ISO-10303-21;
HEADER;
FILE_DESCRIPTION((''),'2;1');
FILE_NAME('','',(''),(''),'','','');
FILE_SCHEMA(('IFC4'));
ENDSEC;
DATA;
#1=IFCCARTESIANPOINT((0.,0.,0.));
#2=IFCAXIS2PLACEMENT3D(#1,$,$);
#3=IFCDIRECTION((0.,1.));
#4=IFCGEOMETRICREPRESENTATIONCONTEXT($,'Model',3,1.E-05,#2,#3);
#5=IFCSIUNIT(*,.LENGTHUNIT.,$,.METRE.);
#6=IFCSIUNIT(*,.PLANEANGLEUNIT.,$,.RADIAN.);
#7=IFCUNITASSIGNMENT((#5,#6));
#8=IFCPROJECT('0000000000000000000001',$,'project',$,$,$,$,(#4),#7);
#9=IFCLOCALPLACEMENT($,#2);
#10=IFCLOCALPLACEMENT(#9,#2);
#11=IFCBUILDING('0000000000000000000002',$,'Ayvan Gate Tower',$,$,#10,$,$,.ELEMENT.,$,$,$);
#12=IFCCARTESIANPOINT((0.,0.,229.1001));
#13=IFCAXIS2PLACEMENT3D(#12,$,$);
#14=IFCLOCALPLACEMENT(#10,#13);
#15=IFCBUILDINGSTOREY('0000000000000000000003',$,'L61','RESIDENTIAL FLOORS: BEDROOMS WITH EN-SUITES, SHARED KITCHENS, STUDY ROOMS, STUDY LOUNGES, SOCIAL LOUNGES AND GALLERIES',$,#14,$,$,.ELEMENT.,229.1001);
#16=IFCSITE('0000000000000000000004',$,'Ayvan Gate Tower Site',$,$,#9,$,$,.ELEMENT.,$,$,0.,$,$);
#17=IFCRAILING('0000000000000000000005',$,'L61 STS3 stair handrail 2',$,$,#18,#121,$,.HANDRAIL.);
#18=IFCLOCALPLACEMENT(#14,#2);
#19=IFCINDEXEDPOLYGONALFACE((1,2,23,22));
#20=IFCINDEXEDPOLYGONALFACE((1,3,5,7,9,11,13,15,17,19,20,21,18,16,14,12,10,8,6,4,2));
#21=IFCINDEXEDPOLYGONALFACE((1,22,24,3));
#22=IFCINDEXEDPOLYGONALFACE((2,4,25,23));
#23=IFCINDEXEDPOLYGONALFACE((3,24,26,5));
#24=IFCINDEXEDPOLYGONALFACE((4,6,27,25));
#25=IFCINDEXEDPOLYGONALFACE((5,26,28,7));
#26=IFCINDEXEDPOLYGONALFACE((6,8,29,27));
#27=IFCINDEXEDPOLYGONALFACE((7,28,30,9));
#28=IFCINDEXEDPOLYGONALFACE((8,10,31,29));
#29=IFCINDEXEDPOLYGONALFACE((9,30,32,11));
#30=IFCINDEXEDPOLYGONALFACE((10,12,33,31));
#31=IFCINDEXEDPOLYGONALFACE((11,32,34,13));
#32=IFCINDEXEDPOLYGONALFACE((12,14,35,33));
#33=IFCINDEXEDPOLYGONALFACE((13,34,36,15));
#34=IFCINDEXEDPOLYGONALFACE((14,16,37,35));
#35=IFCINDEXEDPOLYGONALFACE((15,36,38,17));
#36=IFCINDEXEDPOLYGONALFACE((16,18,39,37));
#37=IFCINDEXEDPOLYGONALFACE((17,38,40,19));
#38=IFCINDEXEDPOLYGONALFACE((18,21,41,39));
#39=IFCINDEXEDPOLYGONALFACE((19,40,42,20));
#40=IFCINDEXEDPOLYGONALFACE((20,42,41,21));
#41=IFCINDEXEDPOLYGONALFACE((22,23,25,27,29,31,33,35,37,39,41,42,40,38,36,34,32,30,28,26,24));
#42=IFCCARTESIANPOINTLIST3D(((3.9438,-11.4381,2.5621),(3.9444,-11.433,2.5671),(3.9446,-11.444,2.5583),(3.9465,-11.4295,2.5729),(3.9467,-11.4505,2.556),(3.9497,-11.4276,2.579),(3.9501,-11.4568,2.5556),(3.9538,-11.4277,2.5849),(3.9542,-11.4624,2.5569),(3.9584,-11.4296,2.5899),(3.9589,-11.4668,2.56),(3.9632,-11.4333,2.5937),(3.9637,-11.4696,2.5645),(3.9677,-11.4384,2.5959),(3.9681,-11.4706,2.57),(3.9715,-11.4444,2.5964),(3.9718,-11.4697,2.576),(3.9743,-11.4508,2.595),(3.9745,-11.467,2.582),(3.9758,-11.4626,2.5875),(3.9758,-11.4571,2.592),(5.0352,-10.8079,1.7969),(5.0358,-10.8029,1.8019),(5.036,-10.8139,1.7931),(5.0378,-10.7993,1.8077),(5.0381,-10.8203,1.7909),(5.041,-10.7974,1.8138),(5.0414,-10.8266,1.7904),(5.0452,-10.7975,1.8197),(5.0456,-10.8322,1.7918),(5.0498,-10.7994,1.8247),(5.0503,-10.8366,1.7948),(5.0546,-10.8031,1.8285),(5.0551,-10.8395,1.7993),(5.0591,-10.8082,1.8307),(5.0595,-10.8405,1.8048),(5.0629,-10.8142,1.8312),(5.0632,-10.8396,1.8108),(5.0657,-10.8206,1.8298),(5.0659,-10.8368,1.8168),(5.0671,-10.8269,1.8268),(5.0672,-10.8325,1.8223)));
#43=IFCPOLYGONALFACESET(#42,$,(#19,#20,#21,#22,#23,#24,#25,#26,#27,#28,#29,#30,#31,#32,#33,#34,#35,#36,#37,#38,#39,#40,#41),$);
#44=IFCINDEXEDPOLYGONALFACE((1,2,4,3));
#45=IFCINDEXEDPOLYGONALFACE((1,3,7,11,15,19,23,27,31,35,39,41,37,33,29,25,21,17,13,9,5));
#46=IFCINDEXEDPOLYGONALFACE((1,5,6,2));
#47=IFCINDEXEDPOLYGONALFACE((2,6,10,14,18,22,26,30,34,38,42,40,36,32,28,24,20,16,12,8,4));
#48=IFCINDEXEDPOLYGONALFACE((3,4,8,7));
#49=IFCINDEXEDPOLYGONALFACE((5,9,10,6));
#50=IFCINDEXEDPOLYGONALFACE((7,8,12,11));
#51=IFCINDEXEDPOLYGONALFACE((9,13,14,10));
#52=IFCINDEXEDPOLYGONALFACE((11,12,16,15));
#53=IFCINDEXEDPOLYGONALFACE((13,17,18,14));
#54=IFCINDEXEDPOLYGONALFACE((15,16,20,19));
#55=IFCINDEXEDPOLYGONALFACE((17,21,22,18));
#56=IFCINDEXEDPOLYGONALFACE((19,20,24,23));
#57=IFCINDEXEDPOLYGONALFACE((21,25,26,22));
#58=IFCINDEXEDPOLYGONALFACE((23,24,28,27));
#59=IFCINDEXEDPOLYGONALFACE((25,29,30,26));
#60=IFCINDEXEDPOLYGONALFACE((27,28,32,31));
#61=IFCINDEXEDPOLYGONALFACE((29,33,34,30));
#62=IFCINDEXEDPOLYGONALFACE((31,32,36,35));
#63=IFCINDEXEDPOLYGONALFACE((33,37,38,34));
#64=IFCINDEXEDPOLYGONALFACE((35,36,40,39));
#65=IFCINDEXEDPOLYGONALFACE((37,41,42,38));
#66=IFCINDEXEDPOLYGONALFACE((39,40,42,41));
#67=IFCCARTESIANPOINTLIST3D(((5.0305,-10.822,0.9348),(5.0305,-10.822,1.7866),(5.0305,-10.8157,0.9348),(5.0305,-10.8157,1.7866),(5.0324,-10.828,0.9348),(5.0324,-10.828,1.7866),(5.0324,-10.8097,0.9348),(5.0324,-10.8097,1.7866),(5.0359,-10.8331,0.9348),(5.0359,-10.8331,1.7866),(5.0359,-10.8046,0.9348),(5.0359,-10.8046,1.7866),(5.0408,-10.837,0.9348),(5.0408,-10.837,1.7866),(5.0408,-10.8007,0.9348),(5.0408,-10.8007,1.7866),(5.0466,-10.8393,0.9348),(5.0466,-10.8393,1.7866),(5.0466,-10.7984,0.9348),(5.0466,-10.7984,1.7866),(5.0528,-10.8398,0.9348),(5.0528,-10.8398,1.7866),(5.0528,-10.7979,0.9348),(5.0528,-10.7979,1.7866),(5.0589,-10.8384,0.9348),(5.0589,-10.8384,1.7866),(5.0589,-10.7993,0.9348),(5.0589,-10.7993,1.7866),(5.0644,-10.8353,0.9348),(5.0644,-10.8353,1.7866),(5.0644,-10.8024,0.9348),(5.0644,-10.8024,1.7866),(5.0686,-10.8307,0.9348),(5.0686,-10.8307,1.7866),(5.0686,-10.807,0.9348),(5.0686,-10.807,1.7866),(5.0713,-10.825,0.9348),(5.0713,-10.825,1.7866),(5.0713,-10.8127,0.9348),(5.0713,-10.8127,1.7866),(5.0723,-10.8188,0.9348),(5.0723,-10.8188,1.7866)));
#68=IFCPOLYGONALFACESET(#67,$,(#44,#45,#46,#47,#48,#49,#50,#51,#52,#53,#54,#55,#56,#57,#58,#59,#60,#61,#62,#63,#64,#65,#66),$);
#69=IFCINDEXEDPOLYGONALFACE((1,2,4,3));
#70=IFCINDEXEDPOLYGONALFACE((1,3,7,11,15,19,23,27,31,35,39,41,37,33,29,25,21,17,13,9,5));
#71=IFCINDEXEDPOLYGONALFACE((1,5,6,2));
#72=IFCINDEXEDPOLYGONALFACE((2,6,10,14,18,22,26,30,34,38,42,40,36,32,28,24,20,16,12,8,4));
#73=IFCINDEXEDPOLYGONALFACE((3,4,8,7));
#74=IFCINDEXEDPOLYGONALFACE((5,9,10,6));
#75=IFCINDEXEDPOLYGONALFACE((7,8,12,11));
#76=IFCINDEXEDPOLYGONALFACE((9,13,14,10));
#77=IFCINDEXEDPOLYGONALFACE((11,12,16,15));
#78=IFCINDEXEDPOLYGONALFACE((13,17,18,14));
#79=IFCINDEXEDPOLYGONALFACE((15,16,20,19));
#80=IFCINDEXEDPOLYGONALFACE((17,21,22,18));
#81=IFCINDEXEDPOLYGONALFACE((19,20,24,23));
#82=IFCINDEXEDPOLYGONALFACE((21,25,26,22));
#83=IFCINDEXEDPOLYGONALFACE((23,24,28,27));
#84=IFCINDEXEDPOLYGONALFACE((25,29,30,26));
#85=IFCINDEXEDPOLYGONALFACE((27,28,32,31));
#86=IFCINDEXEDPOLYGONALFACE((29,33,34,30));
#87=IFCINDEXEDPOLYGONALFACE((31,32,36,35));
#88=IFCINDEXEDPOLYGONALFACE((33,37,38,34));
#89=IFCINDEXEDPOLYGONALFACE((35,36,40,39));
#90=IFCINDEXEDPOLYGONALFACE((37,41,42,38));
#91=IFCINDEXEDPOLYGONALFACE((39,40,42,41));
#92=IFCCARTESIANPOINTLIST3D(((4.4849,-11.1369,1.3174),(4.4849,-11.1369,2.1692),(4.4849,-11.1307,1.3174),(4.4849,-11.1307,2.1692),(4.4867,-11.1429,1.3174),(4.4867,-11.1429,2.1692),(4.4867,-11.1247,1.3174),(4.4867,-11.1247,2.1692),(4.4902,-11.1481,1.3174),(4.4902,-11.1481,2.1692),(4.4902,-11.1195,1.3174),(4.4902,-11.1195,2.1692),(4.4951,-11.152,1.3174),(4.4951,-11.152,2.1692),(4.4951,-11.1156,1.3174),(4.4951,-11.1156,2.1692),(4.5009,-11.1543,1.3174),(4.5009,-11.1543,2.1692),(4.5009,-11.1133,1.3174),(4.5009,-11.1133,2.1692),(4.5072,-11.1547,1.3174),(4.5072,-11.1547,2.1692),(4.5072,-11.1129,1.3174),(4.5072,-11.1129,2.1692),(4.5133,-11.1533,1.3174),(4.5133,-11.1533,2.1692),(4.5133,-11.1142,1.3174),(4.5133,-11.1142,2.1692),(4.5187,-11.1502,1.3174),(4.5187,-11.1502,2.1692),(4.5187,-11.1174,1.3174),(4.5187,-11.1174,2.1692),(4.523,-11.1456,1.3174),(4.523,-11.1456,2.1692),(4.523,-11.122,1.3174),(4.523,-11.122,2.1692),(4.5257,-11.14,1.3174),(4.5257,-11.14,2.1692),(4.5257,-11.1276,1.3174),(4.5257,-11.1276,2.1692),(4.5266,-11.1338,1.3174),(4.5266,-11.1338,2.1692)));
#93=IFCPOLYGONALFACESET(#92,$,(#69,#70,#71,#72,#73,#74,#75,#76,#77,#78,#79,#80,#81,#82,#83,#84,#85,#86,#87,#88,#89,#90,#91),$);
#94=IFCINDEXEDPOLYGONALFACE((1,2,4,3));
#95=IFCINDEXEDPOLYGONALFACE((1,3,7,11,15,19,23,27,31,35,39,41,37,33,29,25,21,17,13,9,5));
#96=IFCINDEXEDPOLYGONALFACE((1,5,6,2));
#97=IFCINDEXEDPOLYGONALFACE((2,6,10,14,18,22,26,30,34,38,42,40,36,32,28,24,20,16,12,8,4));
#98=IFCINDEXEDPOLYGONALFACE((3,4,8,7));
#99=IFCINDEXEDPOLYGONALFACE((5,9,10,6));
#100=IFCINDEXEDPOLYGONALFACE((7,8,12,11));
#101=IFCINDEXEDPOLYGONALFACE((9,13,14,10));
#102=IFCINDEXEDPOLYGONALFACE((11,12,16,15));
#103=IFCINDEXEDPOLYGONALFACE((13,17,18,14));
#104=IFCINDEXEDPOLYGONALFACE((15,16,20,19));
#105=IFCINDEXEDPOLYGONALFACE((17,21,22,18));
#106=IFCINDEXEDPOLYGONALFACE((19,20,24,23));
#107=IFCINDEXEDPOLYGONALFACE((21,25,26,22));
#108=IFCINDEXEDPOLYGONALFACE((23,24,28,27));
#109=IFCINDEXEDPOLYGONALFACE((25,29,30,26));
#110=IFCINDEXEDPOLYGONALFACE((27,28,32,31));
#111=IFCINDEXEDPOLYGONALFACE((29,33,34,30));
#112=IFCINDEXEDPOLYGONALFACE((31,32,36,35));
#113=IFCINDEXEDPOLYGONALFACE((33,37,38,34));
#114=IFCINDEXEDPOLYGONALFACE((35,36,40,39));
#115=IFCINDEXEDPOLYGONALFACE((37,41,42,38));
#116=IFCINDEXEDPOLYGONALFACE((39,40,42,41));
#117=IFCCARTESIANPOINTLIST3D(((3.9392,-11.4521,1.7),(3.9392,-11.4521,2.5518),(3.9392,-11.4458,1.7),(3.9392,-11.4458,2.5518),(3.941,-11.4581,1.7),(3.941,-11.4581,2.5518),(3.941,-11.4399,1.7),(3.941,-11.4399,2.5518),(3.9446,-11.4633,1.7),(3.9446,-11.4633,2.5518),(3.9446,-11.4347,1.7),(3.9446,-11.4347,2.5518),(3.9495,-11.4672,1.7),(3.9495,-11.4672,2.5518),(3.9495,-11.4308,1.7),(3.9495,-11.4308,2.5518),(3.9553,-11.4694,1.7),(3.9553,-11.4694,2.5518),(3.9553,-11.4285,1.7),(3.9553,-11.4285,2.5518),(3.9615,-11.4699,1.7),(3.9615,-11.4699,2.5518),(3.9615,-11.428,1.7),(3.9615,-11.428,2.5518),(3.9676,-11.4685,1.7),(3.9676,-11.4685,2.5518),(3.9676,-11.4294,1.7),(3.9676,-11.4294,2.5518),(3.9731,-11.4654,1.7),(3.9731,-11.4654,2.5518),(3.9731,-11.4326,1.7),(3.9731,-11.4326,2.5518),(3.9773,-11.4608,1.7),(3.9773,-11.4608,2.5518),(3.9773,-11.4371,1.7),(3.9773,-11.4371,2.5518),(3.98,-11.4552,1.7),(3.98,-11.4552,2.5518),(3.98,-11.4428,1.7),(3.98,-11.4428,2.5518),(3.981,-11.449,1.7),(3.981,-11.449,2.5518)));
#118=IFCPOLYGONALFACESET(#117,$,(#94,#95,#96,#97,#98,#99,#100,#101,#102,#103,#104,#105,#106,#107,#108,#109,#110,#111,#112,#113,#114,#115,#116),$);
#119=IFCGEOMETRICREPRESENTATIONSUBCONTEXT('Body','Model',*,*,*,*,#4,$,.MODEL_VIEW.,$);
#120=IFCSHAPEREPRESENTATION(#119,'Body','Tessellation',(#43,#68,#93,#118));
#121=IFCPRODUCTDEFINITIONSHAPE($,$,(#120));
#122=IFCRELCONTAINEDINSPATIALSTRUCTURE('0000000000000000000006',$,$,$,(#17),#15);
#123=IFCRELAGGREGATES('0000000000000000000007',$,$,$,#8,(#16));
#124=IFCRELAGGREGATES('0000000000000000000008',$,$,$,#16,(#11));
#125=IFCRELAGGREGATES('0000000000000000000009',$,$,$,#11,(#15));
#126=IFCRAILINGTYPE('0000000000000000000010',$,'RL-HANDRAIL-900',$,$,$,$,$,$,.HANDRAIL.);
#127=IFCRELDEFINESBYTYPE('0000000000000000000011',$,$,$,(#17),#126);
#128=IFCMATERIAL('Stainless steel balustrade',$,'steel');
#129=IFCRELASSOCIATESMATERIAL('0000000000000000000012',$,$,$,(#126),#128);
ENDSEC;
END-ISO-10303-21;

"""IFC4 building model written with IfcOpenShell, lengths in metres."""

from ifc_helpers import new_model, si_unit, direction, frame, origin, origin_2d, place, context, subcontext, project, spatial, circle, extrude, material, type_object, element, save


model = new_model("IFC4")

# Units and contexts
model_context = context("Model", 3, precision=1e-05, world=origin(), true_north=direction((0.0, 1.0)))
body_context = subcontext(model_context, "Body", "Model", "MODEL_VIEW")
ifc_project = project(units=[si_unit("LENGTHUNIT", "METRE"), si_unit("PLANEANGLEUNIT", "RADIAN")], contexts=[model_context])

# Site, building, storey
site_placement = place(None, origin())
site = spatial("IfcSite", under=ifc_project, at=site_placement, Name="Ayvan Gate Tower Site", CompositionType="ELEMENT", RefElevation=0.0)
building_placement = place(site_placement, origin())
building = spatial("IfcBuilding", under=site, at=building_placement, Name="Ayvan Gate Tower", CompositionType="ELEMENT")
storey_placement = place(building_placement, frame((0.0, 0.0, 229.1001)))
storey = spatial("IfcBuildingStorey", under=building, at=storey_placement, Name="L61", Description="RESIDENTIAL FLOORS: BEDROOMS WITH EN-SUITES, SHARED KITCHENS, STUDY ROOMS, STUDY LOUNGES, SOCIAL LOUNGES AND GALLERIES", CompositionType="ELEMENT", Elevation=229.1001)

# Railing
ifc_material_1 = material(Name="Stainless steel balustrade", Category="steel")
railing_type = type_object("IfcRailingType", Name="RL-HANDRAIL-900", PredefinedType="HANDRAIL", material=ifc_material_1)
railing_1_placement = place(storey_placement, frame((5.0513, -10.8188, 0.9348)))
element("IfcRailing", 1, at=railing_1_placement, inside=storey, type_object=railing_type, Name="L61 STS3 stair handrail 2", PredefinedType="HANDRAIL", context=body_context, shape_type="SweptSolid", body=[
    extrude(circle(Radius=0.0239, at=origin_2d()), frame((0.0, 0.0, 0.876), z_axis=(-0.740241, -0.427419, 0.518996), x_axis=(0.500035, -0.866005, 0.0)), (0.0, 0.0, 1.0), 1.4744),
    extrude(circle(Radius=0.021, at=origin_2d()), origin(), (0.0, 0.0, 1.0), 0.8518),
    extrude(circle(Radius=0.021, at=origin_2d()), frame((-0.5457, -0.3149, 0.3826)), (0.0, 0.0, 1.0), 0.8518),
    extrude(circle(Radius=0.021, at=origin_2d()), frame((-1.0913, -0.6301, 0.7651)), (0.0, 0.0, 1.0), 0.8518),
])

save(model, "model.ifc")
